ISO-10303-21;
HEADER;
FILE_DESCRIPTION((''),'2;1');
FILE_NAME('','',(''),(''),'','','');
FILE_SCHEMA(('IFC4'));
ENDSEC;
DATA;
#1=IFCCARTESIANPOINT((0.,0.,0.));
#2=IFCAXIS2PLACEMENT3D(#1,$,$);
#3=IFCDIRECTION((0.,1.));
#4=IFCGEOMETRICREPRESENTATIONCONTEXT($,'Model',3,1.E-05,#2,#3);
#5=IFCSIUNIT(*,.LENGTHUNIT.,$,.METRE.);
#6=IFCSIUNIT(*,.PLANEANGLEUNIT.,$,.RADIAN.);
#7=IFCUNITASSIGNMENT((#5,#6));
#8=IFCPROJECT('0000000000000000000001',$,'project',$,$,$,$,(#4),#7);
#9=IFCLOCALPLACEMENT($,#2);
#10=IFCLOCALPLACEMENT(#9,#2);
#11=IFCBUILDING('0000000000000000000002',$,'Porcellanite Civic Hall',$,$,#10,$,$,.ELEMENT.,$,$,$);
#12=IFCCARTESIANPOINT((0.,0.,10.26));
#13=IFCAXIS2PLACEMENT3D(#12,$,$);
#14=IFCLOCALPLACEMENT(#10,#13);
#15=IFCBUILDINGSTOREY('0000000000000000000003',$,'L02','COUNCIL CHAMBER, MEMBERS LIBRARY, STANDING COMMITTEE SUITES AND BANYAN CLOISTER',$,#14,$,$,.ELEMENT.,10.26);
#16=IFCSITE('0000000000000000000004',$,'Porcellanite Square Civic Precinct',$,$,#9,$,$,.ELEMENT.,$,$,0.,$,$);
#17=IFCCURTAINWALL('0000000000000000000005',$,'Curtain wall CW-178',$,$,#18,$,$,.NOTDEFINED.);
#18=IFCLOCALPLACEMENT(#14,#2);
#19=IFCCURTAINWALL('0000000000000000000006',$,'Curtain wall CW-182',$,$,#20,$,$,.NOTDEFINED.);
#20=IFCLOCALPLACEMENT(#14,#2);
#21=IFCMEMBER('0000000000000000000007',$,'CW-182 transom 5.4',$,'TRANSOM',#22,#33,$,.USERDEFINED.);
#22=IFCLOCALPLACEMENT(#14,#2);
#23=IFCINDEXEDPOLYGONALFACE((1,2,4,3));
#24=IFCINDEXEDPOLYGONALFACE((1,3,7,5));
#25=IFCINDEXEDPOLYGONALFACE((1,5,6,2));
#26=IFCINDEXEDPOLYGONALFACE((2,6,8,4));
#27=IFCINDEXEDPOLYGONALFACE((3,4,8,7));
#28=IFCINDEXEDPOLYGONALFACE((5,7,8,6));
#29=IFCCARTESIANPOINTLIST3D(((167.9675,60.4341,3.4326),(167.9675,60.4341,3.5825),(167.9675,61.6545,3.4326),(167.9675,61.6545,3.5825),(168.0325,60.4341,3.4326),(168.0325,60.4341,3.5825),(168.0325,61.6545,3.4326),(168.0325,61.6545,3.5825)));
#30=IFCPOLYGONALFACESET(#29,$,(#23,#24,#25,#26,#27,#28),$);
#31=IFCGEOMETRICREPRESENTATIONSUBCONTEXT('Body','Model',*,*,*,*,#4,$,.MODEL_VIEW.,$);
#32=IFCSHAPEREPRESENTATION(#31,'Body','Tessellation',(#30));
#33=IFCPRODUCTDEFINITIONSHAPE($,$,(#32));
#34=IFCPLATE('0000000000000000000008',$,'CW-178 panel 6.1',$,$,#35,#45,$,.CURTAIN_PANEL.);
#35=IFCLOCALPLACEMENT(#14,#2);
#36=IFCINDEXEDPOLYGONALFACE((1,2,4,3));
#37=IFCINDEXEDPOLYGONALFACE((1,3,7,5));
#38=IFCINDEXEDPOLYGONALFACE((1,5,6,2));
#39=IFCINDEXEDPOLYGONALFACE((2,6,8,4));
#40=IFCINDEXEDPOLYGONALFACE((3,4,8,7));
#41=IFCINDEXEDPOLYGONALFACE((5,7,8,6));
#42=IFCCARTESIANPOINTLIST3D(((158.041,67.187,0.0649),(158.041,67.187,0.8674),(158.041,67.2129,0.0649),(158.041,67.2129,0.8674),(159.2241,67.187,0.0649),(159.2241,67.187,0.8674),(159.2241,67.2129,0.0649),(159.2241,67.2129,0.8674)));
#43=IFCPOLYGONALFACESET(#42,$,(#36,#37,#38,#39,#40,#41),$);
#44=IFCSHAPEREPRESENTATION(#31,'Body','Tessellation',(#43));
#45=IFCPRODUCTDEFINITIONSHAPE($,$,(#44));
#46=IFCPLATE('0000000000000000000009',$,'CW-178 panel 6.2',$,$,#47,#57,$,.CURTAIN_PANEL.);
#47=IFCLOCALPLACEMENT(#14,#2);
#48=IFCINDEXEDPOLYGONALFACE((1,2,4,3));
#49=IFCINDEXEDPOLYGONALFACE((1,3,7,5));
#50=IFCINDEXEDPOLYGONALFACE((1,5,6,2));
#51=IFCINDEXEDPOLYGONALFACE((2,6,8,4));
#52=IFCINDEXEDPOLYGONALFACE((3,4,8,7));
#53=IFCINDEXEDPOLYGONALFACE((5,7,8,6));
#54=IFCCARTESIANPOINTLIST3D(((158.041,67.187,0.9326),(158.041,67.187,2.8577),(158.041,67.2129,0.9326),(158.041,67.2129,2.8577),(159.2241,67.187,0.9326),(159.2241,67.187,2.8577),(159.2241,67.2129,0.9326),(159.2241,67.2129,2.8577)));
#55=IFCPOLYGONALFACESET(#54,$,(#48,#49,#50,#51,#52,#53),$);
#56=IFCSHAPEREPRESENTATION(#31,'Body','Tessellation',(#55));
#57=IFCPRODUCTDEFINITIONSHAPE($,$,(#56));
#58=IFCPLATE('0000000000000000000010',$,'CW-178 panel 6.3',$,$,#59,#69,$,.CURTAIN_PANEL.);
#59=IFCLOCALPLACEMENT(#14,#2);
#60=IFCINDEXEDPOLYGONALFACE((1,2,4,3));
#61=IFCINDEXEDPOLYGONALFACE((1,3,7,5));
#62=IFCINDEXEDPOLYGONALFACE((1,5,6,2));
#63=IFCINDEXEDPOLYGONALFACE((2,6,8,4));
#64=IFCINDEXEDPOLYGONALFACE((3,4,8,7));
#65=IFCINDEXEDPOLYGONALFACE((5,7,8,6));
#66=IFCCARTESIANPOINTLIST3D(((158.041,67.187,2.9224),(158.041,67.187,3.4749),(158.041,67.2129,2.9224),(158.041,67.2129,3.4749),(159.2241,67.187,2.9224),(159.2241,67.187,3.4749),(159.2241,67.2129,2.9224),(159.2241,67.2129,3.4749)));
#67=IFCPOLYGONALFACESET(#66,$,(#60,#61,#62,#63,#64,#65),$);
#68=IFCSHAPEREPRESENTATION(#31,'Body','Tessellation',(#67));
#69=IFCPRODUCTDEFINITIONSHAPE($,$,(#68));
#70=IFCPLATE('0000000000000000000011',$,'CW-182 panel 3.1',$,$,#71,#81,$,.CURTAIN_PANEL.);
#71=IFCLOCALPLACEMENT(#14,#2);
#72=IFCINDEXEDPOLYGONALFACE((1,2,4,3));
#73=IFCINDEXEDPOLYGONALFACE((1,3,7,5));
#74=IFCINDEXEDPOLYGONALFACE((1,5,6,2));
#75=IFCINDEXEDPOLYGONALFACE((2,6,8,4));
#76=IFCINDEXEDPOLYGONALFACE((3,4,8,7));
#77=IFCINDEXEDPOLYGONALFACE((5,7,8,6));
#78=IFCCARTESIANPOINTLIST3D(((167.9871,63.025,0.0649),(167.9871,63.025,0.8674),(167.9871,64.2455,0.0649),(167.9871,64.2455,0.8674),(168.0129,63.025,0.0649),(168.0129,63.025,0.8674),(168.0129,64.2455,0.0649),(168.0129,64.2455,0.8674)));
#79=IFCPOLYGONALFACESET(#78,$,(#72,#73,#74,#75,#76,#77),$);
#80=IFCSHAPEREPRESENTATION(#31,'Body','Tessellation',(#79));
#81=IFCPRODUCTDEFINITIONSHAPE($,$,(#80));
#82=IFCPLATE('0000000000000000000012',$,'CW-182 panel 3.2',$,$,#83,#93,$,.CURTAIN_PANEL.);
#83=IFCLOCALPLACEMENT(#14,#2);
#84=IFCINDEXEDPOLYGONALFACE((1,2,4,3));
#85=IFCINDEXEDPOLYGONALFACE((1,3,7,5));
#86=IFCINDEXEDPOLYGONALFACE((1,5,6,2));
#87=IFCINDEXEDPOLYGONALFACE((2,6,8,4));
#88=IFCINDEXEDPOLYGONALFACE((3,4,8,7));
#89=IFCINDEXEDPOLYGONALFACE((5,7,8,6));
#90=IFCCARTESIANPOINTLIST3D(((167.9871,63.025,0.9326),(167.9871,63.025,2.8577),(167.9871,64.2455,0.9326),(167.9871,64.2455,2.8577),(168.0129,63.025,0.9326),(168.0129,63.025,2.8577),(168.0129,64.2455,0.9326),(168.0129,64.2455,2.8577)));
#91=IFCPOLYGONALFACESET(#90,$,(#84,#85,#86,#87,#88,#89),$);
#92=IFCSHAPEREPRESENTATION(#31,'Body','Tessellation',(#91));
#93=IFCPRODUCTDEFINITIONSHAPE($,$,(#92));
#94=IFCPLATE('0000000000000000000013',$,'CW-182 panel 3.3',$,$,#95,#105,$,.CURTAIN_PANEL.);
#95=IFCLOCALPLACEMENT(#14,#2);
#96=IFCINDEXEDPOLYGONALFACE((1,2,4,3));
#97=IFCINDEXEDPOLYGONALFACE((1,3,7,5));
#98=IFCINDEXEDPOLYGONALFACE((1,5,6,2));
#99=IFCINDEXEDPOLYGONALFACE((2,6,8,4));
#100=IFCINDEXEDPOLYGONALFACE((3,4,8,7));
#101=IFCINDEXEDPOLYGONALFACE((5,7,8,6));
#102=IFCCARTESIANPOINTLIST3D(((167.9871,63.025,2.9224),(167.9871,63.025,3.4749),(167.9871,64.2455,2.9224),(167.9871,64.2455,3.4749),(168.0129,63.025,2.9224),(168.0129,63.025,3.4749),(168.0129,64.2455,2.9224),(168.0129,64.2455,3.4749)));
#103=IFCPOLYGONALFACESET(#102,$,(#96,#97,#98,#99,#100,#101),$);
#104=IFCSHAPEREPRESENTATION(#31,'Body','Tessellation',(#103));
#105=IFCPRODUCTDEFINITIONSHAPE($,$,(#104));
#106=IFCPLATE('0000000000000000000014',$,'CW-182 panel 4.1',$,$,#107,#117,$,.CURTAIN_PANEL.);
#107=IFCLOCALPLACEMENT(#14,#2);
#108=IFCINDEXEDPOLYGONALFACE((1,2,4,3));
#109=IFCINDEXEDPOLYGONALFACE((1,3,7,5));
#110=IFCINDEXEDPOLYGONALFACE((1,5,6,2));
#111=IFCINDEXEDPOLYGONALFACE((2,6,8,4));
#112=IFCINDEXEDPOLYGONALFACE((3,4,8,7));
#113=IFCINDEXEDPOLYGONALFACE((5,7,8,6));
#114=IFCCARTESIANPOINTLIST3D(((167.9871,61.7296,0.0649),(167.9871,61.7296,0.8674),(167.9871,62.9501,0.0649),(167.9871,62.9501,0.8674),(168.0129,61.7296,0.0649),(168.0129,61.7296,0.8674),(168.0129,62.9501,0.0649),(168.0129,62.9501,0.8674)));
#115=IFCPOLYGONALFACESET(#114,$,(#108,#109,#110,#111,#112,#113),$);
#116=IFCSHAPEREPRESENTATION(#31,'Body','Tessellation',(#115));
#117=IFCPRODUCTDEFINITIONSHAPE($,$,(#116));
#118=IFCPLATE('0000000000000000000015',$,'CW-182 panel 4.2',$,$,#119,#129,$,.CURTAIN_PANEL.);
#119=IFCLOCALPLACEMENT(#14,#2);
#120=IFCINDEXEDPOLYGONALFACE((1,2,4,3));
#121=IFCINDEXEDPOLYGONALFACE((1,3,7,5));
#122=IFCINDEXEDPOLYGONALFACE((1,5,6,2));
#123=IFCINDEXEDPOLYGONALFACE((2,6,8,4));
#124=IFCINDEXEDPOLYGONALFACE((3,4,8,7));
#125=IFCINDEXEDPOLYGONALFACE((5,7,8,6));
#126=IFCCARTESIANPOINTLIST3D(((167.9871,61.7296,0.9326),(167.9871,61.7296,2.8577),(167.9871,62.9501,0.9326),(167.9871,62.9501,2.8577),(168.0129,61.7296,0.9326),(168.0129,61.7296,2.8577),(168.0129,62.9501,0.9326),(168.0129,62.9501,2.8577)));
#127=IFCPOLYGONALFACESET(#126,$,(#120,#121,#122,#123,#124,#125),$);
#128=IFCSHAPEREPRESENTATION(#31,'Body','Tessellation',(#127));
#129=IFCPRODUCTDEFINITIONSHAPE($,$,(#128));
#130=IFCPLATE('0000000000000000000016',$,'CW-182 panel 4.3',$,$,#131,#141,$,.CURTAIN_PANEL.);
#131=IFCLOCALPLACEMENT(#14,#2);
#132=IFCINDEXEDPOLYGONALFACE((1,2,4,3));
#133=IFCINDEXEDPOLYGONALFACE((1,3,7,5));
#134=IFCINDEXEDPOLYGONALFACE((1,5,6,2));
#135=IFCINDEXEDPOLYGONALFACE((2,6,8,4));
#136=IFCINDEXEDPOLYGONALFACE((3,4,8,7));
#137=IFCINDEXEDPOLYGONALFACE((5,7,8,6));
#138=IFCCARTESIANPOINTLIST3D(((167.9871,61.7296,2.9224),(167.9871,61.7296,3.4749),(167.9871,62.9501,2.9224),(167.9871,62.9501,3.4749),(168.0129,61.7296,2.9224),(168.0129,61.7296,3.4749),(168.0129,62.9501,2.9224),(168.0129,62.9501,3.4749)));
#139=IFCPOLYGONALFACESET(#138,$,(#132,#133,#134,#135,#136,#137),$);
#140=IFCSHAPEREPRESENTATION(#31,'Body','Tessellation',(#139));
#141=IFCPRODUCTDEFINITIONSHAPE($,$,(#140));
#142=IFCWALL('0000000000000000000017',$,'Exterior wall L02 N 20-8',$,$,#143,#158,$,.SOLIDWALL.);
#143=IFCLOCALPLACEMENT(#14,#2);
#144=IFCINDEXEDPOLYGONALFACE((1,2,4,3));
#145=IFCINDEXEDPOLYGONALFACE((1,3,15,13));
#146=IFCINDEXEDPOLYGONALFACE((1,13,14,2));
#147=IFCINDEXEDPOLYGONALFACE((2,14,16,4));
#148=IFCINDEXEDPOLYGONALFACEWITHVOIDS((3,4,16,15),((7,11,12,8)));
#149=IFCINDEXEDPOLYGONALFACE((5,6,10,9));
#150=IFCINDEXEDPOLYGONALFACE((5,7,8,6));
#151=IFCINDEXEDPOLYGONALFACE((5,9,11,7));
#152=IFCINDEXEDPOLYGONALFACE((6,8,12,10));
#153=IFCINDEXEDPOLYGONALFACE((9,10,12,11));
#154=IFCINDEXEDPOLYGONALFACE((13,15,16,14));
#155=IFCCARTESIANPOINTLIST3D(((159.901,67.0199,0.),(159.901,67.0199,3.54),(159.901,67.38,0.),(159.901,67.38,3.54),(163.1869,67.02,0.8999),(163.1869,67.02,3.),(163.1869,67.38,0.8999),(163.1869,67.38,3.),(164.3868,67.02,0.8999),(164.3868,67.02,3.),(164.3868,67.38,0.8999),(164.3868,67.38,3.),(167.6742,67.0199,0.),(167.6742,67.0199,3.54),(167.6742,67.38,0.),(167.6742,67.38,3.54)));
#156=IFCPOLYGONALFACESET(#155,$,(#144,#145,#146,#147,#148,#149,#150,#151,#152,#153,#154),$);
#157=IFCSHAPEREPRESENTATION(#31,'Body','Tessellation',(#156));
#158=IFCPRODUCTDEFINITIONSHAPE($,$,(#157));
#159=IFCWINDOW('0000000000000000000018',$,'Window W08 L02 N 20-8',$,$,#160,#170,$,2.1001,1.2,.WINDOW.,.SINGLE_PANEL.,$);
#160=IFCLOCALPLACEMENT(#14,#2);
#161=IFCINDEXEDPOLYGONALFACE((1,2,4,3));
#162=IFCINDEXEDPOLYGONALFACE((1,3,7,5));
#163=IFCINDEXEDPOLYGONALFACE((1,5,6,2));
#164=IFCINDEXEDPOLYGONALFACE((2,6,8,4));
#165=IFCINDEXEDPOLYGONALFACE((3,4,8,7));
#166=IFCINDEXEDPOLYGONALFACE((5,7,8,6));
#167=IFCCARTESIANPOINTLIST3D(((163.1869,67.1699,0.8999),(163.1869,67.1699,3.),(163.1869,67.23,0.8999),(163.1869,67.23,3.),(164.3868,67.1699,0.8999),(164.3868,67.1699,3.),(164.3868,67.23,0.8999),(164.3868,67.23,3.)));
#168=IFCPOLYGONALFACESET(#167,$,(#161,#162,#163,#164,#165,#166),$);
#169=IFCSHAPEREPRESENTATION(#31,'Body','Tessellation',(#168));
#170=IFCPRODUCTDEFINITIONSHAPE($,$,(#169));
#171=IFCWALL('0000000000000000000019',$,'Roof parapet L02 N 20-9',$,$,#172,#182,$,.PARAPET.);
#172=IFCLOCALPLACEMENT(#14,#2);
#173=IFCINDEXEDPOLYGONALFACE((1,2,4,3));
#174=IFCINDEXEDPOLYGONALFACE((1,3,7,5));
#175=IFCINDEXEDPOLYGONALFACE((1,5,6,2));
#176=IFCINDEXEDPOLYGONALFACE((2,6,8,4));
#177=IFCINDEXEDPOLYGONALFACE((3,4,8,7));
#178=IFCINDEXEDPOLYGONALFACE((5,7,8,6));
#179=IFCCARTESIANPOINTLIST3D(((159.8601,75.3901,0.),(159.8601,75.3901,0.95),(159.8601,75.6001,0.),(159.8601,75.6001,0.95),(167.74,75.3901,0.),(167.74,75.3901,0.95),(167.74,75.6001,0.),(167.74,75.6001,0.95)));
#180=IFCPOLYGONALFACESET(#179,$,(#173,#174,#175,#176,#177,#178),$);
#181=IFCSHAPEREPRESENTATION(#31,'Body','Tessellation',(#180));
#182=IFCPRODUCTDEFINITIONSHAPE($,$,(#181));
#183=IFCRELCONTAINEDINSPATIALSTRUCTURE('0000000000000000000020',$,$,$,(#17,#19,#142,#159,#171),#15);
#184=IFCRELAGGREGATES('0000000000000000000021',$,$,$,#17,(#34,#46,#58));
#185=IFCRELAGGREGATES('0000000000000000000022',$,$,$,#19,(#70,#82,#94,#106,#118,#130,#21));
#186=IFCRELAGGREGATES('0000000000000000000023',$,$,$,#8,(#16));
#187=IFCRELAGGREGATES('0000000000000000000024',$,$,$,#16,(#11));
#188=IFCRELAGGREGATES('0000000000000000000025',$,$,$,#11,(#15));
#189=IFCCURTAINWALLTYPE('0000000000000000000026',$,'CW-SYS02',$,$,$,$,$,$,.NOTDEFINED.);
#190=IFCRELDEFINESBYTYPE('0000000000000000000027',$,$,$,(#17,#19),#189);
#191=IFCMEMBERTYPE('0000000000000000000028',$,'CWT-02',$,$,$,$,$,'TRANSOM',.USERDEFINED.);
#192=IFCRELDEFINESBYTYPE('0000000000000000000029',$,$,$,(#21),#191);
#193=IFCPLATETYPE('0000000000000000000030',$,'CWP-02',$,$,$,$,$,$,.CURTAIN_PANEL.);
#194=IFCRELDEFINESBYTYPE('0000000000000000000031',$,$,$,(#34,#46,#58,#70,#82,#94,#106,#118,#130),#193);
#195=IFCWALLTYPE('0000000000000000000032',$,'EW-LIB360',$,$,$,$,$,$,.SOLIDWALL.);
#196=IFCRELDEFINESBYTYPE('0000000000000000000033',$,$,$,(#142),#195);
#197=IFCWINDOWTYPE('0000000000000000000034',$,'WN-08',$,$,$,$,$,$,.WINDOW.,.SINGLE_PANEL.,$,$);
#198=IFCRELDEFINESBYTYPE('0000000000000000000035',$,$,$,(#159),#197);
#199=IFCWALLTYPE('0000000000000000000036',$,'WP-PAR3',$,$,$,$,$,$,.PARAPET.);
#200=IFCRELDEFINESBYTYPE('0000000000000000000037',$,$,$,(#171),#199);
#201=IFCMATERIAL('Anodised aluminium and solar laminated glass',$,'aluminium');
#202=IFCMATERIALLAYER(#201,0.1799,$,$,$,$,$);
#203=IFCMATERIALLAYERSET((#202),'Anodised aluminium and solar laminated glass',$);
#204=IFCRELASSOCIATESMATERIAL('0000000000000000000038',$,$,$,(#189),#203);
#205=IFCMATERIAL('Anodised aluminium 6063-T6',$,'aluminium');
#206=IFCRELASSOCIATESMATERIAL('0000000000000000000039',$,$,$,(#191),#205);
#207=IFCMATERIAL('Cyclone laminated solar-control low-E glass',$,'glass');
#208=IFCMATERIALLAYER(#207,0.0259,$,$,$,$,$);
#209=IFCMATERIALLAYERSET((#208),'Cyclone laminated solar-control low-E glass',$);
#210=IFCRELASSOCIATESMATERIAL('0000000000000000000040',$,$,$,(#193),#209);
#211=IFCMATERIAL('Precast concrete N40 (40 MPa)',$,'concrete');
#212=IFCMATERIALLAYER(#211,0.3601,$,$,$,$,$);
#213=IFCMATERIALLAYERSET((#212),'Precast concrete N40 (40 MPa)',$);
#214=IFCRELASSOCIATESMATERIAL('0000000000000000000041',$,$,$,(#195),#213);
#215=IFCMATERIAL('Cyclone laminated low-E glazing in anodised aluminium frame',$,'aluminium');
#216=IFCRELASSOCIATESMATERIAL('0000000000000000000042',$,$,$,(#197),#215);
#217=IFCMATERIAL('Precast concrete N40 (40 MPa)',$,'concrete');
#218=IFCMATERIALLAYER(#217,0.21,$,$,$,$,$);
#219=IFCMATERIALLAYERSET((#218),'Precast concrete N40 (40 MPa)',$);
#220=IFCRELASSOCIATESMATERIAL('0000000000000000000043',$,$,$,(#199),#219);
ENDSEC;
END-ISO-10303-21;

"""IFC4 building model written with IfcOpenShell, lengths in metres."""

from ifc_helpers import new_model, si_unit, direction, frame, frame_2d, origin, origin_2d, place, context, subcontext, project, spatial, rectangle, extrude, material, layer, layer_set, material_profile, profile_set, type_object, element, fill, aggregate, save


model = new_model("IFC4")

# Units and contexts
model_context = context("Model", 3, precision=1e-05, world=origin(), true_north=direction((0.0, 1.0)))
body_context = subcontext(model_context, "Body", "Model", "MODEL_VIEW")
ifc_project = project(units=[si_unit("LENGTHUNIT", "METRE"), si_unit("PLANEANGLEUNIT", "RADIAN")], contexts=[model_context])

# Site, building, storey
site_placement = place(None, origin())
site = spatial("IfcSite", under=ifc_project, at=site_placement, Name="Porcellanite Square Civic Precinct", CompositionType="ELEMENT", RefElevation=0.0)
building_placement = place(site_placement, origin())
building = spatial("IfcBuilding", under=site, at=building_placement, Name="Porcellanite Civic Hall", CompositionType="ELEMENT")
storey_placement = place(building_placement, frame((0.0, 0.0, 10.26)))
storey = spatial("IfcBuildingStorey", under=building, at=storey_placement, Name="L02", Description="COUNCIL CHAMBER, MEMBERS LIBRARY, STANDING COMMITTEE SUITES AND BANYAN CLOISTER", CompositionType="ELEMENT", Elevation=10.26)

# Curtain wall
ifc_material_1 = material(Name="Anodised aluminium and solar laminated glass", Category="aluminium")
ifc_layer_1 = layer(ifc_material_1, 0.1799)
ifc_layer_set_1 = layer_set([ifc_layer_1], Name="Anodised aluminium and solar laminated glass")
curtain_wall_type = type_object("IfcCurtainWallType", Name="CW-SYS02", PredefinedType="NOTDEFINED", material=ifc_layer_set_1)
curtain_wall_1_placement = place(storey_placement, origin())
curtain_wall_1 = element("IfcCurtainWall", 1, at=curtain_wall_1_placement, inside=storey, type_object=curtain_wall_type, Name="Curtain wall CW-178", PredefinedType="NOTDEFINED")

# Curtain wall
curtain_wall_2_placement = place(storey_placement, origin())
curtain_wall_2 = element("IfcCurtainWall", 2, at=curtain_wall_2_placement, inside=storey, type_object=curtain_wall_type, Name="Curtain wall CW-182", PredefinedType="NOTDEFINED")

# Member
ifc_material_2 = material(Name="Anodised aluminium 6063-T6", Category="aluminium")
ifc_material_profile_1 = material_profile(ifc_material_2, rectangle(XDim=0.0649, YDim=0.1499, at=origin_2d()), Name="AL-65x150")
ifc_profile_set_1 = profile_set([ifc_material_profile_1], Name="Anodised aluminium 6063-T6")
member_type_1 = type_object("IfcMemberType", Name="CWT-02", ElementType="TRANSOM", PredefinedType="USERDEFINED", material=ifc_profile_set_1)
member_1_placement = place(storey_placement, frame((168.0, 61.6545, 3.5076), z_axis=(0.0, -1.0, 0.0), x_axis=(1.0, 0.0, 0.0)))
member_1 = element("IfcMember", 3, at=member_1_placement, type_object=member_type_1, Name="CW-182 transom 5.4", ObjectType="TRANSOM", PredefinedType="USERDEFINED", context=body_context, shape_type="SweptSolid", body=[
    extrude(rectangle(XDim=0.0649, YDim=0.1499, at=origin_2d()), origin(), (0.0, 0.0, 1.0), 1.2205),
])

# Plates
ifc_material_3 = material(Name="Cyclone laminated solar-control low-E glass", Category="glass")
ifc_layer_2 = layer(ifc_material_3, 0.0259)
ifc_layer_set_2 = layer_set([ifc_layer_2], Name="Cyclone laminated solar-control low-E glass")
plate_type = type_object("IfcPlateType", Name="CWP-02", PredefinedType="CURTAIN_PANEL", material=ifc_layer_set_2)
plate_1_placement = place(storey_placement, frame((158.6326, 67.2, 0.0649), z_axis=(0.0, 0.0, 1.0), x_axis=(1.0, 0.0, 0.0)))
plate_1 = element("IfcPlate", 4, at=plate_1_placement, type_object=plate_type, Name="CW-178 panel 6.1", PredefinedType="CURTAIN_PANEL", context=body_context, shape_type="SweptSolid", body=[
    extrude(rectangle(XDim=1.1831, YDim=0.0259, at=origin_2d()), origin(), (0.0, 0.0, 1.0), 0.8025),
])
plate_2_placement = place(storey_placement, frame((158.6326, 67.2, 0.9326), z_axis=(0.0, 0.0, 1.0), x_axis=(1.0, 0.0, 0.0)))
plate_2 = element("IfcPlate", 5, at=plate_2_placement, type_object=plate_type, Name="CW-178 panel 6.2", PredefinedType="CURTAIN_PANEL", context=body_context, shape_type="SweptSolid", body=[
    extrude(rectangle(XDim=1.1831, YDim=0.0259, at=origin_2d()), origin(), (0.0, 0.0, 1.0), 1.925),
])
plate_3_placement = place(storey_placement, frame((158.6326, 67.2, 2.9224), z_axis=(0.0, 0.0, 1.0), x_axis=(1.0, 0.0, 0.0)))
plate_3 = element("IfcPlate", 6, at=plate_3_placement, type_object=plate_type, Name="CW-178 panel 6.3", PredefinedType="CURTAIN_PANEL", context=body_context, shape_type="SweptSolid", body=[
    extrude(rectangle(XDim=1.1831, YDim=0.0259, at=origin_2d()), origin(), (0.0, 0.0, 1.0), 0.5525),
])
aggregate(curtain_wall_1, [plate_1, plate_2, plate_3])
plate_4_placement = place(storey_placement, frame((168.0, 63.6353, 0.0649), z_axis=(0.0, 0.0, 1.0), x_axis=(0.0, -1.0, 0.0)))
plate_4 = element("IfcPlate", 7, at=plate_4_placement, type_object=plate_type, Name="CW-182 panel 3.1", PredefinedType="CURTAIN_PANEL", context=body_context, shape_type="SweptSolid", body=[
    extrude(rectangle(XDim=1.2205, YDim=0.0259, at=origin_2d()), origin(), (0.0, 0.0, 1.0), 0.8025),
])
plate_5_placement = place(storey_placement, frame((168.0, 63.6353, 0.9326), z_axis=(0.0, 0.0, 1.0), x_axis=(0.0, -1.0, 0.0)))
plate_5 = element("IfcPlate", 8, at=plate_5_placement, type_object=plate_type, Name="CW-182 panel 3.2", PredefinedType="CURTAIN_PANEL", context=body_context, shape_type="SweptSolid", body=[
    extrude(rectangle(XDim=1.2205, YDim=0.0259, at=origin_2d()), origin(), (0.0, 0.0, 1.0), 1.925),
])
plate_6_placement = place(storey_placement, frame((168.0, 63.6353, 2.9224), z_axis=(0.0, 0.0, 1.0), x_axis=(0.0, -1.0, 0.0)))
plate_6 = element("IfcPlate", 9, at=plate_6_placement, type_object=plate_type, Name="CW-182 panel 3.3", PredefinedType="CURTAIN_PANEL", context=body_context, shape_type="SweptSolid", body=[
    extrude(rectangle(XDim=1.2205, YDim=0.0259, at=origin_2d()), origin(), (0.0, 0.0, 1.0), 0.5525),
])
plate_7_placement = place(storey_placement, frame((168.0, 62.3398, 0.0649), z_axis=(0.0, 0.0, 1.0), x_axis=(0.0, -1.0, 0.0)))
plate_7 = element("IfcPlate", 10, at=plate_7_placement, type_object=plate_type, Name="CW-182 panel 4.1", PredefinedType="CURTAIN_PANEL", context=body_context, shape_type="SweptSolid", body=[
    extrude(rectangle(XDim=1.2205, YDim=0.0259, at=origin_2d()), origin(), (0.0, 0.0, 1.0), 0.8025),
])
plate_8_placement = place(storey_placement, frame((168.0, 62.3398, 0.9326), z_axis=(0.0, 0.0, 1.0), x_axis=(0.0, -1.0, 0.0)))
plate_8 = element("IfcPlate", 11, at=plate_8_placement, type_object=plate_type, Name="CW-182 panel 4.2", PredefinedType="CURTAIN_PANEL", context=body_context, shape_type="SweptSolid", body=[
    extrude(rectangle(XDim=1.2205, YDim=0.0259, at=origin_2d()), origin(), (0.0, 0.0, 1.0), 1.925),
])
plate_9_placement = place(storey_placement, frame((168.0, 62.3398, 2.9224), z_axis=(0.0, 0.0, 1.0), x_axis=(0.0, -1.0, 0.0)))
plate_9 = element("IfcPlate", 12, at=plate_9_placement, type_object=plate_type, Name="CW-182 panel 4.3", PredefinedType="CURTAIN_PANEL", context=body_context, shape_type="SweptSolid", body=[
    extrude(rectangle(XDim=1.2205, YDim=0.0259, at=origin_2d()), origin(), (0.0, 0.0, 1.0), 0.5525),
])
aggregate(curtain_wall_2, [plate_4, plate_5, plate_6, plate_7, plate_8, plate_9, member_1])

# Wall, opening, window
ifc_material_4 = material(Name="Precast concrete N40 (40 MPa)", Category="concrete")
ifc_layer_3 = layer(ifc_material_4, 0.3601)
ifc_layer_set_3 = layer_set([ifc_layer_3], Name="Precast concrete N40 (40 MPa)")
wall_type_1 = type_object("IfcWallType", Name="EW-LIB360", PredefinedType="SOLIDWALL", material=ifc_layer_set_3)
wall_1_placement = place(storey_placement, frame((159.9009, 67.2, 0.0), z_axis=(0.0, 0.0, 1.0), x_axis=(1.0, 0.0, 0.0)))
wall_1 = element("IfcWall", 13, at=wall_1_placement, inside=storey, type_object=wall_type_1, Name="Exterior wall L02 N 20-8", PredefinedType="SOLIDWALL", context=body_context, shape_type="SweptSolid", body=[
    extrude(rectangle(XDim=7.7732, YDim=0.3601, at=frame_2d((3.8867, 0.0))), origin(), (0.0, 0.0, 1.0), 3.54),
])
opening_placement = place(wall_1_placement, frame((3.2859, 0.0, 0.8999)))
opening = element("IfcOpeningElement", 14, at=opening_placement, cuts=wall_1, PredefinedType="OPENING", context=body_context, shape_type="SweptSolid", body=[
    extrude(rectangle(XDim=1.2, YDim=2.1001, at=frame_2d((0.6001, 1.05))), frame((0.0, 0.1802, 0.0), z_axis=(0.0, -1.0, 0.0), x_axis=(1.0, 0.0, 0.0)), (0.0, 0.0, 1.0), 0.3601),
])
ifc_material_5 = material(Name="Cyclone laminated low-E glazing in anodised aluminium frame", Category="aluminium")
window_type = type_object("IfcWindowType", Name="WN-08", PartitioningType="SINGLE_PANEL", PredefinedType="WINDOW", material=ifc_material_5)
window_placement = place(opening_placement, origin())
window = element("IfcWindow", 15, at=window_placement, inside=storey, type_object=window_type, Name="Window W08 L02 N 20-8", OverallHeight=2.1001, OverallWidth=1.2, PartitioningType="SINGLE_PANEL", PredefinedType="WINDOW", context=body_context, shape_type="SweptSolid", body=[
    extrude(rectangle(XDim=1.2, YDim=2.1001, at=frame_2d((0.6001, 1.05))), frame((0.0, 0.03, 0.0), z_axis=(0.0, -1.0, 0.0), x_axis=(1.0, 0.0, 0.0)), (0.0, 0.0, 1.0), 0.0601),
])
fill(opening, window)

# Wall
ifc_material_6 = material(Name="Precast concrete N40 (40 MPa)", Category="concrete")
ifc_layer_4 = layer(ifc_material_6, 0.21)
ifc_layer_set_4 = layer_set([ifc_layer_4], Name="Precast concrete N40 (40 MPa)")
wall_type_2 = type_object("IfcWallType", Name="WP-PAR3", PredefinedType="PARAPET", material=ifc_layer_set_4)
wall_2_placement = place(storey_placement, frame((159.8601, 75.4951, 0.0), z_axis=(0.0, 0.0, 1.0), x_axis=(1.0, 0.0, 0.0)))
element("IfcWall", 16, at=wall_2_placement, inside=storey, type_object=wall_type_2, Name="Roof parapet L02 N 20-9", PredefinedType="PARAPET", context=body_context, shape_type="SweptSolid", body=[
    extrude(rectangle(XDim=7.8799, YDim=0.21, at=frame_2d((3.9399, 0.0))), origin(), (0.0, 0.0, 1.0), 0.95),
])

save(model, "model.ifc")
